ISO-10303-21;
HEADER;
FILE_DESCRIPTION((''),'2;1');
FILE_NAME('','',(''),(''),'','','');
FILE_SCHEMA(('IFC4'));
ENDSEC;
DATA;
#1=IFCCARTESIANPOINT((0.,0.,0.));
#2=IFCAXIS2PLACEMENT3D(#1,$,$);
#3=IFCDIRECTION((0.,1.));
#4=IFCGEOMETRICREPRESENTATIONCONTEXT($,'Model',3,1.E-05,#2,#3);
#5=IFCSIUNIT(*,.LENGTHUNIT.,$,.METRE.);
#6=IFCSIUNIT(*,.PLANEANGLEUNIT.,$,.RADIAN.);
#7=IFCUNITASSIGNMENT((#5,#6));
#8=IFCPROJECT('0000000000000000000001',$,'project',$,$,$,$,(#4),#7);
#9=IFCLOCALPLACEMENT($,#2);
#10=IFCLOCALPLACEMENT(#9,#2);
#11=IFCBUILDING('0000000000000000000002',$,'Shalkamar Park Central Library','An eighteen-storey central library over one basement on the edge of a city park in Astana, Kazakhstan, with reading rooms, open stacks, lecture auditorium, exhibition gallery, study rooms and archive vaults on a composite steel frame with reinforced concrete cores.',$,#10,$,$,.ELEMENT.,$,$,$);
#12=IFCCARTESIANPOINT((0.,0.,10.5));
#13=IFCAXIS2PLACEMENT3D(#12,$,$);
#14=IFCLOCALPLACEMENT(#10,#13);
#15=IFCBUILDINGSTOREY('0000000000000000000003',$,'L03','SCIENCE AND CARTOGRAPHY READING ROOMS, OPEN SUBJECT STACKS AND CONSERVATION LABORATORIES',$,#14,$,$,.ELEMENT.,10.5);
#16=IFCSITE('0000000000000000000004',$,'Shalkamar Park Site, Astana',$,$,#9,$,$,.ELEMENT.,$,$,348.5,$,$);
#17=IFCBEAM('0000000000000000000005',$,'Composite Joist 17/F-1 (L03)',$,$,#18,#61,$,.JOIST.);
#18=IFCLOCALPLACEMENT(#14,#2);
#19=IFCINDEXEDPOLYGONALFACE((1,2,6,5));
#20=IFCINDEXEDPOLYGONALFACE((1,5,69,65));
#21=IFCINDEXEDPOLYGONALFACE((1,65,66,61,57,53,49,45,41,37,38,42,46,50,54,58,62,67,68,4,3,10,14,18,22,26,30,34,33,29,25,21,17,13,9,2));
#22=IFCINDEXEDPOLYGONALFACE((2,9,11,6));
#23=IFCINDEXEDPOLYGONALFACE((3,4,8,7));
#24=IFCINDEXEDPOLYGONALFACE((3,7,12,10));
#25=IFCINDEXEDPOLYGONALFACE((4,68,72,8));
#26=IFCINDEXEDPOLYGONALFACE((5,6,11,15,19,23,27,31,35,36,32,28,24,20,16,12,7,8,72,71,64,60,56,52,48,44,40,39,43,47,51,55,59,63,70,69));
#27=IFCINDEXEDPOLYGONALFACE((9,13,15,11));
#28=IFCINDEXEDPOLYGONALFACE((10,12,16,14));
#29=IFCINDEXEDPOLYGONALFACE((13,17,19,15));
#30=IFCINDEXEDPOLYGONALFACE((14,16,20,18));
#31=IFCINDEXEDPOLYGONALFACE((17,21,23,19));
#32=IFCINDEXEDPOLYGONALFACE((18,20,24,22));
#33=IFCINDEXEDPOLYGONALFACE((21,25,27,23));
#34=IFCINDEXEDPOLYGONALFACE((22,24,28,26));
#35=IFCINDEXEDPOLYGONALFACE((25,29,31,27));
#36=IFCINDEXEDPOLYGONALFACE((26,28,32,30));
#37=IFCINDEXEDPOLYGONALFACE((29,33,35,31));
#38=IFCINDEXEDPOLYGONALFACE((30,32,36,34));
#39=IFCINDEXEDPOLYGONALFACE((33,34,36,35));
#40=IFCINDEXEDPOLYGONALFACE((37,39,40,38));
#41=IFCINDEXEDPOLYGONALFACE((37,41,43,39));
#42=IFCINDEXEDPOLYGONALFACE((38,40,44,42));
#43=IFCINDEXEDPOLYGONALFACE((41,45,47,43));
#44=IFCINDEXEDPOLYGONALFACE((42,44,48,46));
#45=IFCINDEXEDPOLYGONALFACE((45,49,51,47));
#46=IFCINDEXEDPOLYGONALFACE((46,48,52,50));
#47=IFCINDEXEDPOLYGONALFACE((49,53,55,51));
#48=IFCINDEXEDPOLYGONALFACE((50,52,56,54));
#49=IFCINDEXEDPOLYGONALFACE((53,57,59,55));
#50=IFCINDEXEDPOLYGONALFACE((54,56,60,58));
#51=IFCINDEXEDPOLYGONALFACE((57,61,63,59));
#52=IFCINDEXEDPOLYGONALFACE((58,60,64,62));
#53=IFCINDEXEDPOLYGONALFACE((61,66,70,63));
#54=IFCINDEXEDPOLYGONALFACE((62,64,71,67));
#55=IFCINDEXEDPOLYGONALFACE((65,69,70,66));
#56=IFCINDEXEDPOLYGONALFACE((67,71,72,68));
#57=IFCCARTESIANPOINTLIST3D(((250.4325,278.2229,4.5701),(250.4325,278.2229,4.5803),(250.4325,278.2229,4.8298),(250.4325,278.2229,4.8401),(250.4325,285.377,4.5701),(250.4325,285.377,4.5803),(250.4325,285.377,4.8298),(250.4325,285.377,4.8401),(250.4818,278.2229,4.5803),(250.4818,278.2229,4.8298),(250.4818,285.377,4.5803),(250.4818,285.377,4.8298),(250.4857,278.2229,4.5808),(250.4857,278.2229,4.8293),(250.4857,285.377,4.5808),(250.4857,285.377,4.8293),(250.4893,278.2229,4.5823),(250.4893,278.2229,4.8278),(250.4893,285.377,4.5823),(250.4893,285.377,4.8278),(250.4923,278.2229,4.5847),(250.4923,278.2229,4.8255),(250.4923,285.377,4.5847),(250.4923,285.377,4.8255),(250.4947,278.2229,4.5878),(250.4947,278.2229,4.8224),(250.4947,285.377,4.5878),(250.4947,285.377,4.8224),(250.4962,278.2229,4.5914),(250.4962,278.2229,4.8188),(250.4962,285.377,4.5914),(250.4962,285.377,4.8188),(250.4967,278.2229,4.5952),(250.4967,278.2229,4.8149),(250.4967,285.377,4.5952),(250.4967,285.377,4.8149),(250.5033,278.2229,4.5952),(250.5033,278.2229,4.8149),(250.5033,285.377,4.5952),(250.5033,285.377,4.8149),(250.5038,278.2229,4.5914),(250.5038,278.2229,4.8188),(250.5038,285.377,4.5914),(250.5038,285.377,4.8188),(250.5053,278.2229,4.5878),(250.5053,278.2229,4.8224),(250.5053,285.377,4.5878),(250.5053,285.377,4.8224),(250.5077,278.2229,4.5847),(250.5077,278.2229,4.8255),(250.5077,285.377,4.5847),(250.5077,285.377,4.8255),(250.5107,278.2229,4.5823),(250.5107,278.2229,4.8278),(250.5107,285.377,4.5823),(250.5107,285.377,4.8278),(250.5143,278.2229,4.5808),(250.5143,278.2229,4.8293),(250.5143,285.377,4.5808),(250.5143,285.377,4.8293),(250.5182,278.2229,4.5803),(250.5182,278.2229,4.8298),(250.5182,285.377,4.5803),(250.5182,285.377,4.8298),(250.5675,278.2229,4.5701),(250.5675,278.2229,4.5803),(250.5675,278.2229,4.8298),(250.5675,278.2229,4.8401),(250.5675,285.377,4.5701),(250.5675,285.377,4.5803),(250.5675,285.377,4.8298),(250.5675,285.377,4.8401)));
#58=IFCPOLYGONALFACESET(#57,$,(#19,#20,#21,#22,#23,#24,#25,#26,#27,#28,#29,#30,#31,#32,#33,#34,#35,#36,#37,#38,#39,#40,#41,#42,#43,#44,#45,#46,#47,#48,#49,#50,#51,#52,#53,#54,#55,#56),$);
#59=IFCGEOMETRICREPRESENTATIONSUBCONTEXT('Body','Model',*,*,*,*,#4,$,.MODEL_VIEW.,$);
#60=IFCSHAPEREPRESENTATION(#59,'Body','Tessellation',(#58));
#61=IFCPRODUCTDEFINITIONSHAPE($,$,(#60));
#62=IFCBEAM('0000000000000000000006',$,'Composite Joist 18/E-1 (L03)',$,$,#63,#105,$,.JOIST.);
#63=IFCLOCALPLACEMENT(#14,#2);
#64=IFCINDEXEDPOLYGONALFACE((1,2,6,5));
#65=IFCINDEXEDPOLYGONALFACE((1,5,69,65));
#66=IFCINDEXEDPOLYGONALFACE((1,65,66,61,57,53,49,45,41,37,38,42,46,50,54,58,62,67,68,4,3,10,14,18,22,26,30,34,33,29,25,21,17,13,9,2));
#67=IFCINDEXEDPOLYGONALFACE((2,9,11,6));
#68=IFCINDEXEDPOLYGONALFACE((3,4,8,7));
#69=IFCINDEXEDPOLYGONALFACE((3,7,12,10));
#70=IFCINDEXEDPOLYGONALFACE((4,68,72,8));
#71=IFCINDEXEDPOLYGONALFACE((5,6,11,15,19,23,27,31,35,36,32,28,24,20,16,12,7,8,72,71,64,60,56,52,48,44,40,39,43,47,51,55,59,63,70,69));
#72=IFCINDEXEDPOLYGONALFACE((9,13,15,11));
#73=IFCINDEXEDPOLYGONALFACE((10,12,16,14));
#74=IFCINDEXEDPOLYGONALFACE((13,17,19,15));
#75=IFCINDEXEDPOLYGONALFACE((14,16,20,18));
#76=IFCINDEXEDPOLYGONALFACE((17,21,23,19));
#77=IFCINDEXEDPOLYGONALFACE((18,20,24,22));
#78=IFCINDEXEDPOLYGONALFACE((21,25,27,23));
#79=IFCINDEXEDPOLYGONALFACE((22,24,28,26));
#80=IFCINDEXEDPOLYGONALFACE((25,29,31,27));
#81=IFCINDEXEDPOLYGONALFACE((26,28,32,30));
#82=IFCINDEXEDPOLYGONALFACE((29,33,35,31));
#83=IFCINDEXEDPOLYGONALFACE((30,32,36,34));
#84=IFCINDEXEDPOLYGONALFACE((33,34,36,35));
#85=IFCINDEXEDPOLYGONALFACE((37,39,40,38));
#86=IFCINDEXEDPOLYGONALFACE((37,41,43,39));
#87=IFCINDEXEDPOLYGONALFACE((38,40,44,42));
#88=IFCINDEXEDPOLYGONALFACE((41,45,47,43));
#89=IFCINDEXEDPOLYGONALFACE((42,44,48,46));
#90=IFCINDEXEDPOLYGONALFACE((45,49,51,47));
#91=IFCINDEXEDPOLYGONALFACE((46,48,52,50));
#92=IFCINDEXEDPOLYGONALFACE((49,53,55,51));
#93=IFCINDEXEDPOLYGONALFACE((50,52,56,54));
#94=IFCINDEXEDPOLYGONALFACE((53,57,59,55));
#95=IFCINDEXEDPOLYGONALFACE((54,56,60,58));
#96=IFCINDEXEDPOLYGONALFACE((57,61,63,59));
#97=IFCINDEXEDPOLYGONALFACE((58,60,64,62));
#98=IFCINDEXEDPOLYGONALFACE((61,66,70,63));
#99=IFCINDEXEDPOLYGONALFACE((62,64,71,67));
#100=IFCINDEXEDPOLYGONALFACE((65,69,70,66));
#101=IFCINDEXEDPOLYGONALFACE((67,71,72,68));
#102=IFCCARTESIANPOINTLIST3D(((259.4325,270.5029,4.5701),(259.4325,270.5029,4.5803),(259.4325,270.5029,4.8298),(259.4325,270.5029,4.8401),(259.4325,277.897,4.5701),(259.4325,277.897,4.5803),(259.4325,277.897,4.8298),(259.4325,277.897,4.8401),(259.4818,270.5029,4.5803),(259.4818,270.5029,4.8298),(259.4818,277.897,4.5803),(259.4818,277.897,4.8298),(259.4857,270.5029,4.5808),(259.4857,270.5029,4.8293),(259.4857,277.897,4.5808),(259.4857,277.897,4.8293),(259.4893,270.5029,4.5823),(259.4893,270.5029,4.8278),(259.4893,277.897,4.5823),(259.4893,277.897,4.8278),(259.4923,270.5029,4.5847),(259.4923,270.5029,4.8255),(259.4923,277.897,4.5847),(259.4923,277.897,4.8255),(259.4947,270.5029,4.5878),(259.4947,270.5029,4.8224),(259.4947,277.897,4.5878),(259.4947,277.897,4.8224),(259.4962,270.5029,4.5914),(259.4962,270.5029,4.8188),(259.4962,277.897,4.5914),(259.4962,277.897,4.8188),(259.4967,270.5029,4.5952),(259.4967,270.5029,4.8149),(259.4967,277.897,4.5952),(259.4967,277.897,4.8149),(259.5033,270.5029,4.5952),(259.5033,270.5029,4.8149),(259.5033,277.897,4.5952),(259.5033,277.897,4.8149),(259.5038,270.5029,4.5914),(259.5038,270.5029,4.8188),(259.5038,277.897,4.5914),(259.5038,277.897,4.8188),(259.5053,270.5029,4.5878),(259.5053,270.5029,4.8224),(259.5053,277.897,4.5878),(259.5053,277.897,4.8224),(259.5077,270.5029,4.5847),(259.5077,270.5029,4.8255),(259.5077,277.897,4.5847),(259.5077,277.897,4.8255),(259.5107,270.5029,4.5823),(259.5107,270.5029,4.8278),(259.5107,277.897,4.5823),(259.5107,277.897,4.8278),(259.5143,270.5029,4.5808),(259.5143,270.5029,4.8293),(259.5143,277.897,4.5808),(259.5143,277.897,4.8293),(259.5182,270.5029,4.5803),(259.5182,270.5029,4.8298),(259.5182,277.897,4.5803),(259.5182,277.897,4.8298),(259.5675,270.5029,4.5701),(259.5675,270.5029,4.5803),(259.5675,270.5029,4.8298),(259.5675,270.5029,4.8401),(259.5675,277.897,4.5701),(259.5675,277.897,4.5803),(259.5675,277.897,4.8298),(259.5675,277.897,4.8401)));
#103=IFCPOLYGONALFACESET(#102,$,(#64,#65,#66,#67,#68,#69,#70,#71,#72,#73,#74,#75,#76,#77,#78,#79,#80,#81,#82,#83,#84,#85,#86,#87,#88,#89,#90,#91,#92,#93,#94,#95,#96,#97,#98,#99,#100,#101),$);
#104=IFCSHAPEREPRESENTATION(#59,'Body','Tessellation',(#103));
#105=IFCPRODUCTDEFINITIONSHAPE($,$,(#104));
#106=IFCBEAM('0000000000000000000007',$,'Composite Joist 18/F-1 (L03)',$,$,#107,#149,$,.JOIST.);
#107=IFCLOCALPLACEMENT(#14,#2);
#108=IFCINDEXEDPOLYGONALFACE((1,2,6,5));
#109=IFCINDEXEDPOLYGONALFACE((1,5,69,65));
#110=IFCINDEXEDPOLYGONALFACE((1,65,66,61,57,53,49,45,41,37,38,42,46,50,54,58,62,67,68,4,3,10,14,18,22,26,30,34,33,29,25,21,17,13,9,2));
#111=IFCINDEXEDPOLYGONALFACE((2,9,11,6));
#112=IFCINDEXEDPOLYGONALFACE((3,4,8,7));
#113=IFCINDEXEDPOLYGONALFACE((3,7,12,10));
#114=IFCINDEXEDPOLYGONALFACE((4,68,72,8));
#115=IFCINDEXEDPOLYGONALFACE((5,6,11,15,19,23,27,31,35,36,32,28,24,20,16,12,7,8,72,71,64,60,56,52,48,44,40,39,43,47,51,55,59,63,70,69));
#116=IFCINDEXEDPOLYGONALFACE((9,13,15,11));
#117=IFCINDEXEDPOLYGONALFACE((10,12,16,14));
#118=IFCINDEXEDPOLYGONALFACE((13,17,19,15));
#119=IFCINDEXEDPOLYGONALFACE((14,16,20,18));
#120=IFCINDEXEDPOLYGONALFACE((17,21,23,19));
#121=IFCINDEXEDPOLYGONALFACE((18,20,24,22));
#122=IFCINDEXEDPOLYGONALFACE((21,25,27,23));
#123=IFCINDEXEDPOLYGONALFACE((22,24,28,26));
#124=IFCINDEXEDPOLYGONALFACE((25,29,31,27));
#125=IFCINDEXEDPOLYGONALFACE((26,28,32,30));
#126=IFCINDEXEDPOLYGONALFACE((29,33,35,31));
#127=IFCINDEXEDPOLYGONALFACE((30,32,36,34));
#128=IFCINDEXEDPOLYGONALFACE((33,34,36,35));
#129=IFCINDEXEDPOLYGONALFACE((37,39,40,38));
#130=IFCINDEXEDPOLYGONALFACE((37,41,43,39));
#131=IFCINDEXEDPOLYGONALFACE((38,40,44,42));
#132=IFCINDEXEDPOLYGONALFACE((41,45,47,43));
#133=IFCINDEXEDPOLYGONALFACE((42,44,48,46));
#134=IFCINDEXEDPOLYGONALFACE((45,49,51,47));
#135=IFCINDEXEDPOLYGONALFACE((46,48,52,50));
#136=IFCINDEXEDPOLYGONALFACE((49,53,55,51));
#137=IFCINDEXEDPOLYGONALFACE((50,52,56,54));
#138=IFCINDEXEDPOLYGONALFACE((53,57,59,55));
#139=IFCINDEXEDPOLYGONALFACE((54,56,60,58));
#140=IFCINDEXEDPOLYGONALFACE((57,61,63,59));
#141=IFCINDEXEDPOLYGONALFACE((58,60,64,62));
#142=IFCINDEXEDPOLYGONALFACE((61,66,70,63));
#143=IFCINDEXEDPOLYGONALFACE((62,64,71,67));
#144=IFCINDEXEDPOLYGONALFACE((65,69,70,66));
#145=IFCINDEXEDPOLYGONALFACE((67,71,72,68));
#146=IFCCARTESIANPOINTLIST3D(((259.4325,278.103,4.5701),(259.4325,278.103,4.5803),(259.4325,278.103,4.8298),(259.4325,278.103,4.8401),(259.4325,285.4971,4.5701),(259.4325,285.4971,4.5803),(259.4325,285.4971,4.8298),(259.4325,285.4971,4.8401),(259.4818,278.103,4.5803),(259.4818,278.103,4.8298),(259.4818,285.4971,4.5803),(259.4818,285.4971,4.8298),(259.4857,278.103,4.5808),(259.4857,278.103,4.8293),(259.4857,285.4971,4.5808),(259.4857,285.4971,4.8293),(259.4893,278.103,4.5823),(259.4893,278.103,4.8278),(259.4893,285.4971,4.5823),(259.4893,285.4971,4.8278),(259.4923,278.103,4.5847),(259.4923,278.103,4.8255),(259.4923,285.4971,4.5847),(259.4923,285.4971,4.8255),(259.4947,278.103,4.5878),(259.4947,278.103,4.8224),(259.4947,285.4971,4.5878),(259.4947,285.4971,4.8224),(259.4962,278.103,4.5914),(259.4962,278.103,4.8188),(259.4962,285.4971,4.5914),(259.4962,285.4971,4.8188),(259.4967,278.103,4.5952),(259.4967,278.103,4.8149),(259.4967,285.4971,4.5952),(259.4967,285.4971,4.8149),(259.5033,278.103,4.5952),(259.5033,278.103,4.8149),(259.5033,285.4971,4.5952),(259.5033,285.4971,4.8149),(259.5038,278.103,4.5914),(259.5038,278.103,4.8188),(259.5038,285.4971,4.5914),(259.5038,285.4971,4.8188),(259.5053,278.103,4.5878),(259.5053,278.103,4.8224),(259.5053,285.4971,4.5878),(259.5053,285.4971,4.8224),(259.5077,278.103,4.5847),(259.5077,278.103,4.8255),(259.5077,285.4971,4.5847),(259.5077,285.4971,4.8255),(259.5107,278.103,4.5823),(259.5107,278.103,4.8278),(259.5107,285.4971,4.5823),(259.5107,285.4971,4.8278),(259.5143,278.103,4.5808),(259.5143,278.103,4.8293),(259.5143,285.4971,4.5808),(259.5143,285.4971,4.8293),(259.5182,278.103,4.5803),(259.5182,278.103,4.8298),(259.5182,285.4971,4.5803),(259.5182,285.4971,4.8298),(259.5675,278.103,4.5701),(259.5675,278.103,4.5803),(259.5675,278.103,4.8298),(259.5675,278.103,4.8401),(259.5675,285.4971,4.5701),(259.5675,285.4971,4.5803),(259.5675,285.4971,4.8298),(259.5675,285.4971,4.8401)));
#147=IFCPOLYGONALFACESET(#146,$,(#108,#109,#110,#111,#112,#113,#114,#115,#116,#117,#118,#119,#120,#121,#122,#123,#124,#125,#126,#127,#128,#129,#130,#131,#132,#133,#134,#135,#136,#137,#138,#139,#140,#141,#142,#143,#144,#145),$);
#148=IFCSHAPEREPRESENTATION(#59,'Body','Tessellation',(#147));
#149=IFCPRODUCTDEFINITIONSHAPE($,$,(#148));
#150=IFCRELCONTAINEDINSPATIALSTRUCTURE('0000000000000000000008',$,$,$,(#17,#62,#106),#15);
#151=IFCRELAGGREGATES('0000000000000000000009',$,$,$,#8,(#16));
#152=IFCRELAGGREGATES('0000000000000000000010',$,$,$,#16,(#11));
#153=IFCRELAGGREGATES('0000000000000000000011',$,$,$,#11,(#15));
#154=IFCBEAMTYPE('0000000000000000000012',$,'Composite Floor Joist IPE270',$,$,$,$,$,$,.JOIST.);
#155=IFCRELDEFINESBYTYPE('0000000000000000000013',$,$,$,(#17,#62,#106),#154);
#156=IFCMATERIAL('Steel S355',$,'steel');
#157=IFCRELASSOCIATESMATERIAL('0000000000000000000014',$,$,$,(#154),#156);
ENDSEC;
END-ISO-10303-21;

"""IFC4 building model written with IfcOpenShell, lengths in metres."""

from ifc_helpers import new_model, si_unit, direction, frame, origin, origin_2d, place, context, subcontext, project, spatial, i_section, extrude, material, material_profile, profile_set, type_object, element, save


model = new_model("IFC4")

# Units and contexts
model_context = context("Model", 3, precision=1e-05, world=origin(), true_north=direction((0.0, 1.0)))
body_context = subcontext(model_context, "Body", "Model", "MODEL_VIEW")
ifc_project = project(units=[si_unit("LENGTHUNIT", "METRE"), si_unit("PLANEANGLEUNIT", "RADIAN")], contexts=[model_context])

# Site, building, storey
site_placement = place(None, origin())
site = spatial("IfcSite", under=ifc_project, at=site_placement, Name="Shalkamar Park Site, Astana", CompositionType="ELEMENT", RefElevation=348.5)
building_placement = place(site_placement, origin())
building = spatial("IfcBuilding", under=site, at=building_placement, Name="Shalkamar Park Central Library", Description="An eighteen-storey central library over one basement on the edge of a city park in Astana, Kazakhstan, with reading rooms, open stacks, lecture auditorium, exhibition gallery, study rooms and archive vaults on a composite steel frame with reinforced concrete cores.", CompositionType="ELEMENT")
storey_placement = place(building_placement, frame((0.0, 0.0, 10.5)))
storey = spatial("IfcBuildingStorey", under=building, at=storey_placement, Name="L03", Description="SCIENCE AND CARTOGRAPHY READING ROOMS, OPEN SUBJECT STACKS AND CONSERVATION LABORATORIES", CompositionType="ELEMENT", Elevation=10.5)

# Shared definitions
ifc_material = material(Name="Steel S355", Category="steel")

# Beams
ifc_material_profile_1 = material_profile(ifc_material, i_section(OverallWidth=0.135, OverallDepth=0.27, WebThickness=0.0066, FlangeThickness=0.0103, FilletRadius=0.0149, at=origin_2d()), Name="IPE 270")
ifc_profile_set_1 = profile_set([ifc_material_profile_1], Name="Steel S355")
beam_type_1 = type_object("IfcBeamType", Name="Composite Floor Joist IPE270", PredefinedType="JOIST", material=ifc_profile_set_1)
beam_1_placement = place(storey_placement, frame((250.5, 278.2229, 4.7051), z_axis=(0.0, 1.0, 0.0), x_axis=(-1.0, 0.0, 0.0)))
element("IfcBeam", 1, at=beam_1_placement, inside=storey, type_object=beam_type_1, Name="Composite Joist 17/F-1 (L03)", PredefinedType="JOIST", context=body_context, shape_type="SweptSolid", body=[
    extrude(i_section(OverallWidth=0.135, OverallDepth=0.27, WebThickness=0.0066, FlangeThickness=0.0103, FilletRadius=0.0149, at=origin_2d()), origin(), (0.0, 0.0, 1.0), 7.1541),
])
for number, where, z_axis, x_axis, name in (
    (2, (259.5, 270.5029, 4.7051), (0.0, 1.0, 0.0), (-1.0, 0.0, 0.0), "Composite Joist 18/E-1 (L03)"),
    (3, (259.5, 278.103, 4.7051), (0.0, 1.0, 0.0), (-1.0, 0.0, 0.0), "Composite Joist 18/F-1 (L03)"),
):
    element("IfcBeam", number, at=place(storey_placement, frame(where, z_axis=z_axis, x_axis=x_axis)), inside=storey, type_object=beam_type_1, Name=name, PredefinedType="JOIST", context=body_context, shape_type="SweptSolid", body=[
        extrude(i_section(OverallWidth=0.135, OverallDepth=0.27, WebThickness=0.0066, FlangeThickness=0.0103, FilletRadius=0.0149, at=origin_2d()), origin(), (0.0, 0.0, 1.0), 7.394),
    ])

save(model, "model.ifc")
